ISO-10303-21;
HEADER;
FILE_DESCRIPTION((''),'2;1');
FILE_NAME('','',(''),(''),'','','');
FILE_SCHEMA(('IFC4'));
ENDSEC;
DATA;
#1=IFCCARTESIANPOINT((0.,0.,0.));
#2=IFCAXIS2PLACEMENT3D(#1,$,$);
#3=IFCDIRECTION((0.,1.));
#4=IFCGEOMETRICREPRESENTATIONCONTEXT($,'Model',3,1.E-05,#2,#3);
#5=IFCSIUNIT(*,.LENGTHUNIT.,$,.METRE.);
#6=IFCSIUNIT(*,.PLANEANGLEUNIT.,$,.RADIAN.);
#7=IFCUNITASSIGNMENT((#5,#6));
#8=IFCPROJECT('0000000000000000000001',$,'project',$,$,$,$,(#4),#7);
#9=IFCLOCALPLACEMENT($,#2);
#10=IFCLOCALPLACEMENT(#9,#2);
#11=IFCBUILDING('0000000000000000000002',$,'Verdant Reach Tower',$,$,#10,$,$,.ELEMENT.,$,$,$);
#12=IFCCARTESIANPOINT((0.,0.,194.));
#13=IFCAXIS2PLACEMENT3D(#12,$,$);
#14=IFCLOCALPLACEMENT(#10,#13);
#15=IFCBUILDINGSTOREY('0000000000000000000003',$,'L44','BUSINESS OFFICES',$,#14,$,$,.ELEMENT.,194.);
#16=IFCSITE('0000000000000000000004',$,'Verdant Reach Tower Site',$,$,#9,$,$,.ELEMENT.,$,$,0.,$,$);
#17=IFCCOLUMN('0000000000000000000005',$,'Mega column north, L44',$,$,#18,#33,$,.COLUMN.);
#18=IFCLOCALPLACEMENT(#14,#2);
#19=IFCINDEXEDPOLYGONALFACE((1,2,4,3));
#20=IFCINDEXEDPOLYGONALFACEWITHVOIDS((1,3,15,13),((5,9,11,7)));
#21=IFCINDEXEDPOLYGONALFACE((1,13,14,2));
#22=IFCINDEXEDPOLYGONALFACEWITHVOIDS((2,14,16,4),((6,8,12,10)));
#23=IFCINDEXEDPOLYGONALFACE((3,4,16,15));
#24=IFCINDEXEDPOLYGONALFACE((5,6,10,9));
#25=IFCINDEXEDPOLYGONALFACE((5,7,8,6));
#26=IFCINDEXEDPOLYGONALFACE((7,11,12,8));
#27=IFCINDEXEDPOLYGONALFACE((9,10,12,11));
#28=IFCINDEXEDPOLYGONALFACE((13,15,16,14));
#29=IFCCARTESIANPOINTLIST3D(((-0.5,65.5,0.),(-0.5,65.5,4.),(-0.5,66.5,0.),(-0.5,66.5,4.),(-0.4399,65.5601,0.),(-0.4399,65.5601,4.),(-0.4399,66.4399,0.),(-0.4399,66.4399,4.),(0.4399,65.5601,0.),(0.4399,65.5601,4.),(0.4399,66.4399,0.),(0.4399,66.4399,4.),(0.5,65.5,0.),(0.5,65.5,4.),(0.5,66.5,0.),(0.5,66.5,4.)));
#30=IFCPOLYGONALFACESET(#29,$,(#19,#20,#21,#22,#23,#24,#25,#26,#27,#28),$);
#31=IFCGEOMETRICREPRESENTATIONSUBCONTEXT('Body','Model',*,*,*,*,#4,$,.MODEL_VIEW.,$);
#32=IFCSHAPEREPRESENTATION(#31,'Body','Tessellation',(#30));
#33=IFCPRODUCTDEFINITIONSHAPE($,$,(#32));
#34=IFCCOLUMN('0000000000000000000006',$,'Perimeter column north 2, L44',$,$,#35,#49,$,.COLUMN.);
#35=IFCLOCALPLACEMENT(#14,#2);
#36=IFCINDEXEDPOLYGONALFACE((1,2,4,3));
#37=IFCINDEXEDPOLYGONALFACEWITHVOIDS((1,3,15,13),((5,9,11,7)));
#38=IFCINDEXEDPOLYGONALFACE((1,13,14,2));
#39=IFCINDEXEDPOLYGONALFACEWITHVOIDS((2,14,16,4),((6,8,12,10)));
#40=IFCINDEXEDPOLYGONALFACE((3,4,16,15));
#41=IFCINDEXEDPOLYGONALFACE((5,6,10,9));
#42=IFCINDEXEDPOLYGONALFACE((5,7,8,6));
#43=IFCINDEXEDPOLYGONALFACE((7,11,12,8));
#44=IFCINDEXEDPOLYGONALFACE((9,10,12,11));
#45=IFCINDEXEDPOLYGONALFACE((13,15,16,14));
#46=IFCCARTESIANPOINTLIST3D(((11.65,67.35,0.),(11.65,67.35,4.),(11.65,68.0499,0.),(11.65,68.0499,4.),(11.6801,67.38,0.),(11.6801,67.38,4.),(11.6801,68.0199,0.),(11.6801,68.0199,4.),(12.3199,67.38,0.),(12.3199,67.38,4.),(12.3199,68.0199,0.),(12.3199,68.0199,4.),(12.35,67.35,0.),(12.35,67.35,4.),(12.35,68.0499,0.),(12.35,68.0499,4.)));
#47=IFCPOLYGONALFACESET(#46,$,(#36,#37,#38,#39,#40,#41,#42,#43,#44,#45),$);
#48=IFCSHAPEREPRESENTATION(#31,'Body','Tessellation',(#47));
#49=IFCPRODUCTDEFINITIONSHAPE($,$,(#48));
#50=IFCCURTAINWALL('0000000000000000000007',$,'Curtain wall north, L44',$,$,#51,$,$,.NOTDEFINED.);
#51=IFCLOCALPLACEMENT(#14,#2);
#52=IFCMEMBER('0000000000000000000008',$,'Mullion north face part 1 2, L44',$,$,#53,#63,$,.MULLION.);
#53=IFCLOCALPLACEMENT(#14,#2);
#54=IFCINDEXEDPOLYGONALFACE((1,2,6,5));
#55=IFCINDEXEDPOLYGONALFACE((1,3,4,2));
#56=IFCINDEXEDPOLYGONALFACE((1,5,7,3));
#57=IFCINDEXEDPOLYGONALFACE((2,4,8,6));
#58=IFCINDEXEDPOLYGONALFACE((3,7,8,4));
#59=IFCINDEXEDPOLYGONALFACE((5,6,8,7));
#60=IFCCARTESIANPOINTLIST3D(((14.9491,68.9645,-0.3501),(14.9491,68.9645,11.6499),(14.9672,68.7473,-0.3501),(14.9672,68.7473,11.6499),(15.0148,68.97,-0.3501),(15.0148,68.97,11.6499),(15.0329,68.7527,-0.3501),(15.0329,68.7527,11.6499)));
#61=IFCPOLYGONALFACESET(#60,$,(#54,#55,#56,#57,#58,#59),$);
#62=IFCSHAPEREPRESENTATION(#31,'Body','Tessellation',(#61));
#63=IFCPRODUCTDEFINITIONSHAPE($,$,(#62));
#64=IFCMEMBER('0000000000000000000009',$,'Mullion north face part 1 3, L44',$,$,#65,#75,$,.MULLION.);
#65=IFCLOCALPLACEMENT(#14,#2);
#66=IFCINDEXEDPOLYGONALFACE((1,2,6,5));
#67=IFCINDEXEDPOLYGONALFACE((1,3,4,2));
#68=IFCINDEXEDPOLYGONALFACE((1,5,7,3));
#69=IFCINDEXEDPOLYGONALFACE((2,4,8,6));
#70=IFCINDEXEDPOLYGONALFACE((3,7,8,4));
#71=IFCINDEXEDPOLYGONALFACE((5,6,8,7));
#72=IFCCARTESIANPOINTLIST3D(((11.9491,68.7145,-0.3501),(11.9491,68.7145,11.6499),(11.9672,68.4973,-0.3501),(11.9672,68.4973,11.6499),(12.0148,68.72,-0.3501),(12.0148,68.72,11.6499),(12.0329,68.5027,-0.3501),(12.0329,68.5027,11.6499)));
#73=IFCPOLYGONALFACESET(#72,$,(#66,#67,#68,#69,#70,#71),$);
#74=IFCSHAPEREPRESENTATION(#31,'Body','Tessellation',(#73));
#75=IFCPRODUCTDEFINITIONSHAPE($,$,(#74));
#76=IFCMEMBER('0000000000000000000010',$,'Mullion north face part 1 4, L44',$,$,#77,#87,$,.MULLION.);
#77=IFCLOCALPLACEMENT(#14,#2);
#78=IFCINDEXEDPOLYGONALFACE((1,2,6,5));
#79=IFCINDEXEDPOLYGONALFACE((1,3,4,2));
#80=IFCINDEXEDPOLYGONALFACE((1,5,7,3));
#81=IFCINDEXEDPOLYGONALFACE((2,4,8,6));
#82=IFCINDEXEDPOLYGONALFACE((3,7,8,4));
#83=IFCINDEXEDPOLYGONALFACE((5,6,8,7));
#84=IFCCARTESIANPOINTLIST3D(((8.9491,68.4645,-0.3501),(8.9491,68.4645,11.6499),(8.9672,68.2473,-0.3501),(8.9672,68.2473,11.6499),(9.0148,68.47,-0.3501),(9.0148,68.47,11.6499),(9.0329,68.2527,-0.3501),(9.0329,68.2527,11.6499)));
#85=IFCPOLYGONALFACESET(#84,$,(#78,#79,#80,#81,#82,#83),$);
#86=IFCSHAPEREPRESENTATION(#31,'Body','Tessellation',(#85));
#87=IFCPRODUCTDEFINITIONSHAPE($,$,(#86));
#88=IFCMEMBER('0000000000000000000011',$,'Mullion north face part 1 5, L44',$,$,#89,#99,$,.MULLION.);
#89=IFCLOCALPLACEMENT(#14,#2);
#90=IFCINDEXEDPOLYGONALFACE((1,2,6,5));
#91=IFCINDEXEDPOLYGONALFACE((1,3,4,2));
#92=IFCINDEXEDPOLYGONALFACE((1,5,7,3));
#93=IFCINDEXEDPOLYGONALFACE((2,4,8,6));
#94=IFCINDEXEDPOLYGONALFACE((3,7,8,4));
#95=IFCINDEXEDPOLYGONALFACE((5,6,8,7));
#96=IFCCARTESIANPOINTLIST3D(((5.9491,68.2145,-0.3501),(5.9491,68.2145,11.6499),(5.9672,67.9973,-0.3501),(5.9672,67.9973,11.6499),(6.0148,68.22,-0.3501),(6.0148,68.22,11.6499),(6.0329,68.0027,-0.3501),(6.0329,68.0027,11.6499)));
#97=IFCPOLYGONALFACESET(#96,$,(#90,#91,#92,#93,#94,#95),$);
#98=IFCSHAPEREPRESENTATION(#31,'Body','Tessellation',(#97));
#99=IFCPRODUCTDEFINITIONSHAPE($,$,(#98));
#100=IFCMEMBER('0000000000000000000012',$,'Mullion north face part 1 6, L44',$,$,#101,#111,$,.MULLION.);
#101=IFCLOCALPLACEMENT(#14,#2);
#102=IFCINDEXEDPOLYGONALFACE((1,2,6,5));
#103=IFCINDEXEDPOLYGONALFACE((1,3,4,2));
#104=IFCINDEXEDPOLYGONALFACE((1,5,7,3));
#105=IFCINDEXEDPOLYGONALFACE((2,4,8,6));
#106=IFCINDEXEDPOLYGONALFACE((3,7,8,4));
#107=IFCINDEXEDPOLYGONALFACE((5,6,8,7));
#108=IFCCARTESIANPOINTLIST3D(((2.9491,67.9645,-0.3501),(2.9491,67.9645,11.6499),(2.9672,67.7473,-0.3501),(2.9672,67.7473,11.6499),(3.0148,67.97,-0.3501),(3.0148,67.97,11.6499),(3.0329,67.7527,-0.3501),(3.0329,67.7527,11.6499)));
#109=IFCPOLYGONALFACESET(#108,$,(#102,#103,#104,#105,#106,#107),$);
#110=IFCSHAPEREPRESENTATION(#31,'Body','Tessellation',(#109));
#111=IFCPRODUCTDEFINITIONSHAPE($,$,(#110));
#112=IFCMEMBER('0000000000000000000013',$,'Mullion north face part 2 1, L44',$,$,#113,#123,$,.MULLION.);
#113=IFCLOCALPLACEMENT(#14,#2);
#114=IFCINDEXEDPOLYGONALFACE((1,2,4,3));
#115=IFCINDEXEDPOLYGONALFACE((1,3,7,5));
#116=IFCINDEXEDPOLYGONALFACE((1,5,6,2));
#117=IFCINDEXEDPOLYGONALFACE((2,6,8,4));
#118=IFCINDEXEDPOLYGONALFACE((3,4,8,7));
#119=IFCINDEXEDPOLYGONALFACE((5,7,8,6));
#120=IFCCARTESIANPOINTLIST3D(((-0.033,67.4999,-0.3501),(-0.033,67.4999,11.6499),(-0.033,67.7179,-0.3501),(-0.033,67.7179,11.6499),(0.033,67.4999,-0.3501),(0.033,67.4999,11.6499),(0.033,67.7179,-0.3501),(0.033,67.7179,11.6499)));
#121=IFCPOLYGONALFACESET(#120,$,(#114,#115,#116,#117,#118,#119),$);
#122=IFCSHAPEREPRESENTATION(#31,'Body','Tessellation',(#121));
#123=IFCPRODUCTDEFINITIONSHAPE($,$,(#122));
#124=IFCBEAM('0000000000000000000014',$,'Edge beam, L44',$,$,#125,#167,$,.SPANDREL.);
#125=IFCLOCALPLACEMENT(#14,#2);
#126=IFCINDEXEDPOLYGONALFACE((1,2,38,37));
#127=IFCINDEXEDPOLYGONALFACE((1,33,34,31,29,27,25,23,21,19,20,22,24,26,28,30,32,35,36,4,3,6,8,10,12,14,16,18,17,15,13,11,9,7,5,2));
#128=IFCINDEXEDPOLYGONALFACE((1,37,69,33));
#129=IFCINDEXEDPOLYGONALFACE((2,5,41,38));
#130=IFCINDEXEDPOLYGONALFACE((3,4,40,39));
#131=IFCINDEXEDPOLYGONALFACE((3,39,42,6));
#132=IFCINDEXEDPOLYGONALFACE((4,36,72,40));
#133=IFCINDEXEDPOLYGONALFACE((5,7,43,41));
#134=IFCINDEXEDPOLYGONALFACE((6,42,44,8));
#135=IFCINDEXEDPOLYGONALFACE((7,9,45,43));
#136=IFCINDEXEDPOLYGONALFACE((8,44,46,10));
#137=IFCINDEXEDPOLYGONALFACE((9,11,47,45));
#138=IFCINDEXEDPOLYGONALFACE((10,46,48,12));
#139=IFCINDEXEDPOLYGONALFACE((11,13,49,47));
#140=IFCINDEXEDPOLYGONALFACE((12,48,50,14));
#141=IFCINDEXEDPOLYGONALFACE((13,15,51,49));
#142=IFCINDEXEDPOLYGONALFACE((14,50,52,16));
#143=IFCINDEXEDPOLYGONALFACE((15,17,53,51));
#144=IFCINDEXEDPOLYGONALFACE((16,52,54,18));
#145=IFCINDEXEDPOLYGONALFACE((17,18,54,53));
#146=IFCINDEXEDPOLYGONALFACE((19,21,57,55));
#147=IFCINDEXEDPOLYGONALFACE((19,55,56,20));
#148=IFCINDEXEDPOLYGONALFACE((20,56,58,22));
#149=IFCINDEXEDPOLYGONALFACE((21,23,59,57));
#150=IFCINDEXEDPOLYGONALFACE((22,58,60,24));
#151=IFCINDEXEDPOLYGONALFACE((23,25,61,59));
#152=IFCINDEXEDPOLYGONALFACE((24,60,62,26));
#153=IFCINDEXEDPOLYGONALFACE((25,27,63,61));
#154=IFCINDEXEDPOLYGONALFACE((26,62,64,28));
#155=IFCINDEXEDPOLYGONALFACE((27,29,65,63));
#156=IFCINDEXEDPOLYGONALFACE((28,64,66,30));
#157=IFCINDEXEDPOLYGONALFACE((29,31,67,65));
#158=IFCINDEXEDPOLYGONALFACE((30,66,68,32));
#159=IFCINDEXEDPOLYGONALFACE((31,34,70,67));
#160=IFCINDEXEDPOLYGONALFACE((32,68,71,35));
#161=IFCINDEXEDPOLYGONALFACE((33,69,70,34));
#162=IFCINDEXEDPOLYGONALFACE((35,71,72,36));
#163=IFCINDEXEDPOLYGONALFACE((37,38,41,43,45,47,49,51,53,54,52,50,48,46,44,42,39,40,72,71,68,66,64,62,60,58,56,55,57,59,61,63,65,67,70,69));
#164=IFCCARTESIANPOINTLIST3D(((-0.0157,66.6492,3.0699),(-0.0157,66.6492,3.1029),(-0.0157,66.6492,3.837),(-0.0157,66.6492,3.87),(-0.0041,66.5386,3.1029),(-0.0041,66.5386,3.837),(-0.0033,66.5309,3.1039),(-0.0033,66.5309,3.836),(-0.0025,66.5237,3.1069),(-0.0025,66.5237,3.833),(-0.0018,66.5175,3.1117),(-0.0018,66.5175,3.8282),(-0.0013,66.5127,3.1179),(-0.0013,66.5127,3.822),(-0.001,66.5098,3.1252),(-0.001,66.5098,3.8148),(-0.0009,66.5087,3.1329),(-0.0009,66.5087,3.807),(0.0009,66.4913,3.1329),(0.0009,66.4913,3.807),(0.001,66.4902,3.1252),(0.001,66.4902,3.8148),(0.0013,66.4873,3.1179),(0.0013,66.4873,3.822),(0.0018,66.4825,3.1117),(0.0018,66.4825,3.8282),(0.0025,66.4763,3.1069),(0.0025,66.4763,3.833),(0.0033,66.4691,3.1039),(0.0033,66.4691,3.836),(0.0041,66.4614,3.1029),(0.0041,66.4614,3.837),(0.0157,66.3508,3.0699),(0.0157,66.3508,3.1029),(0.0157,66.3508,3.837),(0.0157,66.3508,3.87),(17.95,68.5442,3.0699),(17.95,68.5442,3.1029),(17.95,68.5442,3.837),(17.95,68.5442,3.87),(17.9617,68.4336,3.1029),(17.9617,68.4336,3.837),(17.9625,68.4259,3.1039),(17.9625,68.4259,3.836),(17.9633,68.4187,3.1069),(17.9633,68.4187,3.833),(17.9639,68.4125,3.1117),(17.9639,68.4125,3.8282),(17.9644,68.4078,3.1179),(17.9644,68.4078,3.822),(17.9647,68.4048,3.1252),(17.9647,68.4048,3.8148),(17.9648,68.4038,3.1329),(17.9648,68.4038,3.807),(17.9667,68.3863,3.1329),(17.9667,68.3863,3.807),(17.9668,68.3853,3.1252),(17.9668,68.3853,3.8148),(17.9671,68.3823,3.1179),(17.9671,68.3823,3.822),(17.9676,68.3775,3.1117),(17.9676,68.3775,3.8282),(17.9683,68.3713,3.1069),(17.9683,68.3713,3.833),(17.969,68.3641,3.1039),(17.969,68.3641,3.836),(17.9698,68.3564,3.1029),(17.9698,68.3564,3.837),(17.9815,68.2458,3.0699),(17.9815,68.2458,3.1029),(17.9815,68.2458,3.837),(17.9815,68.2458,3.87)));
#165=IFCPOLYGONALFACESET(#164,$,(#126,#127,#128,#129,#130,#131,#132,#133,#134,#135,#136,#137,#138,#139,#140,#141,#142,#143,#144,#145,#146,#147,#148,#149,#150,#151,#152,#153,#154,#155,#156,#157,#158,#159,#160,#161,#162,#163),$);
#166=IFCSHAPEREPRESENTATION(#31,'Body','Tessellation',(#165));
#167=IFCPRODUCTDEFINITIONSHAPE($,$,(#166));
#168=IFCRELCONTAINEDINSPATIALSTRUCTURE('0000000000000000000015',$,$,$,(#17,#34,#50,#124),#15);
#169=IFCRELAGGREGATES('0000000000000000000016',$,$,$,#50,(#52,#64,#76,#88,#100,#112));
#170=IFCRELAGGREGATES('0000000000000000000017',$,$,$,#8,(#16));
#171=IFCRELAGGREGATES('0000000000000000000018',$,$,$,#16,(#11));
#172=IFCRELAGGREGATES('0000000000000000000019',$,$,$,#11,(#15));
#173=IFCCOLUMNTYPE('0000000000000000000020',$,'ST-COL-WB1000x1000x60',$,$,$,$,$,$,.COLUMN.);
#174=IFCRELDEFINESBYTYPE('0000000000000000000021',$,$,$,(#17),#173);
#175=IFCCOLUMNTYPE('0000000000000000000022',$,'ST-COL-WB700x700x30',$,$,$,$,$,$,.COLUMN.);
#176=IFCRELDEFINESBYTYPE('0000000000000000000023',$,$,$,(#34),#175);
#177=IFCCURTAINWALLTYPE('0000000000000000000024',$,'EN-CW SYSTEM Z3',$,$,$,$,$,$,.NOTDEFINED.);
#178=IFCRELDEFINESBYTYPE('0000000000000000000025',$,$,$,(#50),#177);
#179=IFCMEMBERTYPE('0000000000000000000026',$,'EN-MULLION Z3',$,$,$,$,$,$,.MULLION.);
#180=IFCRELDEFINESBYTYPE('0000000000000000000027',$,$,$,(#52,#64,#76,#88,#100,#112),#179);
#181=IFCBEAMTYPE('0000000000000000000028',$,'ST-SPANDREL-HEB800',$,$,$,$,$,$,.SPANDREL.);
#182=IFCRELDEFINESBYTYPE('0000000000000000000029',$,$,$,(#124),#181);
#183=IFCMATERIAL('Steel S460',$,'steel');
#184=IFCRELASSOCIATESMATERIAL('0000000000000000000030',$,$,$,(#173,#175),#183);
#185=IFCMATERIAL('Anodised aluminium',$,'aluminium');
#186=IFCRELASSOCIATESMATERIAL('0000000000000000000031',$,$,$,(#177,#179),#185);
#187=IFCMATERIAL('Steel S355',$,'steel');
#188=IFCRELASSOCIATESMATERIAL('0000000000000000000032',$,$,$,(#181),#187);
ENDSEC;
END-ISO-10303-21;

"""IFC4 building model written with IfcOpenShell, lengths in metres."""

from ifc_helpers import new_model, si_unit, direction, frame, origin, origin_2d, place, context, subcontext, project, spatial, rectangle, hollow_rectangle, i_section, extrude, material, material_profile, profile_set, type_object, element, aggregate, save


model = new_model("IFC4")

# Units and contexts
model_context = context("Model", 3, precision=1e-05, world=origin(), true_north=direction((0.0, 1.0)))
body_context = subcontext(model_context, "Body", "Model", "MODEL_VIEW")
ifc_project = project(units=[si_unit("LENGTHUNIT", "METRE"), si_unit("PLANEANGLEUNIT", "RADIAN")], contexts=[model_context])

# Site, building, storey
site_placement = place(None, origin())
site = spatial("IfcSite", under=ifc_project, at=site_placement, Name="Verdant Reach Tower Site", CompositionType="ELEMENT", RefElevation=0.0)
building_placement = place(site_placement, origin())
building = spatial("IfcBuilding", under=site, at=building_placement, Name="Verdant Reach Tower", CompositionType="ELEMENT")
storey_placement = place(building_placement, frame((0.0, 0.0, 194.0)))
storey = spatial("IfcBuildingStorey", under=building, at=storey_placement, Name="L44", Description="BUSINESS OFFICES", CompositionType="ELEMENT", Elevation=194.0)

# Columns
ifc_material_1 = material(Name="Steel S460", Category="steel")
ifc_material_profile_1 = material_profile(ifc_material_1, hollow_rectangle(XDim=1.0, YDim=1.0, WallThickness=0.0601, at=origin_2d()), Name="WB 1000x1000x60")
ifc_profile_set_1 = profile_set([ifc_material_profile_1], Name="Steel S460")
column_type_1 = type_object("IfcColumnType", Name="ST-COL-WB1000x1000x60", PredefinedType="COLUMN", material=ifc_profile_set_1)
column_1_placement = place(storey_placement, frame((0.0, 66.0, 0.0), z_axis=(0.0, 0.0, 1.0), x_axis=(1.0, 0.0, 0.0)))
element("IfcColumn", 1, at=column_1_placement, inside=storey, type_object=column_type_1, Name="Mega column north, L44", PredefinedType="COLUMN", context=body_context, shape_type="SweptSolid", body=[
    extrude(hollow_rectangle(XDim=1.0, YDim=1.0, WallThickness=0.0601, at=origin_2d()), origin(), (0.0, 0.0, 1.0), 4.0),
])
ifc_material_profile_2 = material_profile(ifc_material_1, hollow_rectangle(XDim=0.7, YDim=0.7, WallThickness=0.03, at=origin_2d()), Name="WB 700x700x30")
ifc_profile_set_2 = profile_set([ifc_material_profile_2], Name="Steel S460")
column_type_2 = type_object("IfcColumnType", Name="ST-COL-WB700x700x30", PredefinedType="COLUMN", material=ifc_profile_set_2)
column_2_placement = place(storey_placement, frame((12.0, 67.7, 0.0), z_axis=(0.0, 0.0, 1.0), x_axis=(1.0, 0.0, 0.0)))
element("IfcColumn", 2, at=column_2_placement, inside=storey, type_object=column_type_2, Name="Perimeter column north 2, L44", PredefinedType="COLUMN", context=body_context, shape_type="SweptSolid", body=[
    extrude(hollow_rectangle(XDim=0.7, YDim=0.7, WallThickness=0.03, at=origin_2d()), origin(), (0.0, 0.0, 1.0), 4.0),
])

# Curtain wall, members
ifc_material_2 = material(Name="Anodised aluminium", Category="aluminium")
curtain_wall_type = type_object("IfcCurtainWallType", Name="EN-CW SYSTEM Z3", PredefinedType="NOTDEFINED", material=ifc_material_2)
curtain_wall_placement = place(storey_placement, origin())
curtain_wall = element("IfcCurtainWall", 3, at=curtain_wall_placement, inside=storey, type_object=curtain_wall_type, Name="Curtain wall north, L44", PredefinedType="NOTDEFINED")
ifc_material_profile_3 = material_profile(ifc_material_2, rectangle(XDim=0.218, YDim=0.0659, at=origin_2d()), Name="Mullion 66x218")
ifc_profile_set_3 = profile_set([ifc_material_profile_3], Name="Anodised aluminium")
member_type = type_object("IfcMemberType", Name="EN-MULLION Z3", PredefinedType="MULLION", material=ifc_profile_set_3)
member_1_placement = place(storey_placement, frame((14.991, 68.8586, -0.3501), z_axis=(0.0, 0.0, 1.0), x_axis=(-0.083045, 0.996546, 0.0)))
member_1 = element("IfcMember", 4, at=member_1_placement, type_object=member_type, Name="Mullion north face part 1 2, L44", PredefinedType="MULLION", context=body_context, shape_type="SweptSolid", body=[
    extrude(rectangle(XDim=0.218, YDim=0.0659, at=origin_2d()), origin(), (0.0, 0.0, 1.0), 12.0),
])
member_2_placement = place(storey_placement, frame((11.991, 68.6086, -0.3501), z_axis=(0.0, 0.0, 1.0), x_axis=(-0.083045, 0.996546, 0.0)))
member_2 = element("IfcMember", 5, at=member_2_placement, type_object=member_type, Name="Mullion north face part 1 3, L44", PredefinedType="MULLION", context=body_context, shape_type="SweptSolid", body=[
    extrude(rectangle(XDim=0.218, YDim=0.0659, at=origin_2d()), origin(), (0.0, 0.0, 1.0), 12.0),
])
member_3_placement = place(storey_placement, frame((8.991, 68.3586, -0.3501), z_axis=(0.0, 0.0, 1.0), x_axis=(-0.083045, 0.996546, 0.0)))
member_3 = element("IfcMember", 6, at=member_3_placement, type_object=member_type, Name="Mullion north face part 1 4, L44", PredefinedType="MULLION", context=body_context, shape_type="SweptSolid", body=[
    extrude(rectangle(XDim=0.218, YDim=0.0659, at=origin_2d()), origin(), (0.0, 0.0, 1.0), 12.0),
])
member_4_placement = place(storey_placement, frame((5.991, 68.1086, -0.3501), z_axis=(0.0, 0.0, 1.0), x_axis=(-0.083045, 0.996546, 0.0)))
member_4 = element("IfcMember", 7, at=member_4_placement, type_object=member_type, Name="Mullion north face part 1 5, L44", PredefinedType="MULLION", context=body_context, shape_type="SweptSolid", body=[
    extrude(rectangle(XDim=0.218, YDim=0.0659, at=origin_2d()), origin(), (0.0, 0.0, 1.0), 12.0),
])
member_5_placement = place(storey_placement, frame((2.991, 67.8586, -0.3501), z_axis=(0.0, 0.0, 1.0), x_axis=(-0.083045, 0.996546, 0.0)))
member_5 = element("IfcMember", 8, at=member_5_placement, type_object=member_type, Name="Mullion north face part 1 6, L44", PredefinedType="MULLION", context=body_context, shape_type="SweptSolid", body=[
    extrude(rectangle(XDim=0.218, YDim=0.0659, at=origin_2d()), origin(), (0.0, 0.0, 1.0), 12.0),
])
member_6_placement = place(storey_placement, frame((0.0, 67.6089, -0.3501), z_axis=(0.0, 0.0, 1.0), x_axis=(0.0, 1.0, 0.0)))
member_6 = element("IfcMember", 9, at=member_6_placement, type_object=member_type, Name="Mullion north face part 2 1, L44", PredefinedType="MULLION", context=body_context, shape_type="SweptSolid", body=[
    extrude(rectangle(XDim=0.218, YDim=0.0659, at=origin_2d()), origin(), (0.0, 0.0, 1.0), 12.0),
])

# Beam
ifc_material_3 = material(Name="Steel S355", Category="steel")
ifc_material_profile_4 = material_profile(ifc_material_3, i_section(OverallWidth=0.3, OverallDepth=0.8, WebThickness=0.0176, FlangeThickness=0.033, FilletRadius=0.03, at=origin_2d()), Name="HEB 800")
ifc_profile_set_4 = profile_set([ifc_material_profile_4], Name="Steel S355")
beam_type_1 = type_object("IfcBeamType", Name="ST-SPANDREL-HEB800", PredefinedType="SPANDREL", material=ifc_profile_set_4)
beam_1_placement = place(storey_placement, frame((0.0, 66.5, 3.47), z_axis=(0.994483, 0.104897, 0.0), x_axis=(-0.104897, 0.994483, 0.0)))
element("IfcBeam", 10, at=beam_1_placement, inside=storey, type_object=beam_type_1, Name="Edge beam, L44", PredefinedType="SPANDREL", context=body_context, shape_type="SweptSolid", body=[
    extrude(i_section(OverallWidth=0.3, OverallDepth=0.8, WebThickness=0.0176, FlangeThickness=0.033, FilletRadius=0.03, at=origin_2d()), origin(), (0.0, 0.0, 1.0), 18.0654),
])

aggregate(curtain_wall, [member_1, member_2, member_3, member_4, member_5, member_6])

save(model, "model.ifc")
